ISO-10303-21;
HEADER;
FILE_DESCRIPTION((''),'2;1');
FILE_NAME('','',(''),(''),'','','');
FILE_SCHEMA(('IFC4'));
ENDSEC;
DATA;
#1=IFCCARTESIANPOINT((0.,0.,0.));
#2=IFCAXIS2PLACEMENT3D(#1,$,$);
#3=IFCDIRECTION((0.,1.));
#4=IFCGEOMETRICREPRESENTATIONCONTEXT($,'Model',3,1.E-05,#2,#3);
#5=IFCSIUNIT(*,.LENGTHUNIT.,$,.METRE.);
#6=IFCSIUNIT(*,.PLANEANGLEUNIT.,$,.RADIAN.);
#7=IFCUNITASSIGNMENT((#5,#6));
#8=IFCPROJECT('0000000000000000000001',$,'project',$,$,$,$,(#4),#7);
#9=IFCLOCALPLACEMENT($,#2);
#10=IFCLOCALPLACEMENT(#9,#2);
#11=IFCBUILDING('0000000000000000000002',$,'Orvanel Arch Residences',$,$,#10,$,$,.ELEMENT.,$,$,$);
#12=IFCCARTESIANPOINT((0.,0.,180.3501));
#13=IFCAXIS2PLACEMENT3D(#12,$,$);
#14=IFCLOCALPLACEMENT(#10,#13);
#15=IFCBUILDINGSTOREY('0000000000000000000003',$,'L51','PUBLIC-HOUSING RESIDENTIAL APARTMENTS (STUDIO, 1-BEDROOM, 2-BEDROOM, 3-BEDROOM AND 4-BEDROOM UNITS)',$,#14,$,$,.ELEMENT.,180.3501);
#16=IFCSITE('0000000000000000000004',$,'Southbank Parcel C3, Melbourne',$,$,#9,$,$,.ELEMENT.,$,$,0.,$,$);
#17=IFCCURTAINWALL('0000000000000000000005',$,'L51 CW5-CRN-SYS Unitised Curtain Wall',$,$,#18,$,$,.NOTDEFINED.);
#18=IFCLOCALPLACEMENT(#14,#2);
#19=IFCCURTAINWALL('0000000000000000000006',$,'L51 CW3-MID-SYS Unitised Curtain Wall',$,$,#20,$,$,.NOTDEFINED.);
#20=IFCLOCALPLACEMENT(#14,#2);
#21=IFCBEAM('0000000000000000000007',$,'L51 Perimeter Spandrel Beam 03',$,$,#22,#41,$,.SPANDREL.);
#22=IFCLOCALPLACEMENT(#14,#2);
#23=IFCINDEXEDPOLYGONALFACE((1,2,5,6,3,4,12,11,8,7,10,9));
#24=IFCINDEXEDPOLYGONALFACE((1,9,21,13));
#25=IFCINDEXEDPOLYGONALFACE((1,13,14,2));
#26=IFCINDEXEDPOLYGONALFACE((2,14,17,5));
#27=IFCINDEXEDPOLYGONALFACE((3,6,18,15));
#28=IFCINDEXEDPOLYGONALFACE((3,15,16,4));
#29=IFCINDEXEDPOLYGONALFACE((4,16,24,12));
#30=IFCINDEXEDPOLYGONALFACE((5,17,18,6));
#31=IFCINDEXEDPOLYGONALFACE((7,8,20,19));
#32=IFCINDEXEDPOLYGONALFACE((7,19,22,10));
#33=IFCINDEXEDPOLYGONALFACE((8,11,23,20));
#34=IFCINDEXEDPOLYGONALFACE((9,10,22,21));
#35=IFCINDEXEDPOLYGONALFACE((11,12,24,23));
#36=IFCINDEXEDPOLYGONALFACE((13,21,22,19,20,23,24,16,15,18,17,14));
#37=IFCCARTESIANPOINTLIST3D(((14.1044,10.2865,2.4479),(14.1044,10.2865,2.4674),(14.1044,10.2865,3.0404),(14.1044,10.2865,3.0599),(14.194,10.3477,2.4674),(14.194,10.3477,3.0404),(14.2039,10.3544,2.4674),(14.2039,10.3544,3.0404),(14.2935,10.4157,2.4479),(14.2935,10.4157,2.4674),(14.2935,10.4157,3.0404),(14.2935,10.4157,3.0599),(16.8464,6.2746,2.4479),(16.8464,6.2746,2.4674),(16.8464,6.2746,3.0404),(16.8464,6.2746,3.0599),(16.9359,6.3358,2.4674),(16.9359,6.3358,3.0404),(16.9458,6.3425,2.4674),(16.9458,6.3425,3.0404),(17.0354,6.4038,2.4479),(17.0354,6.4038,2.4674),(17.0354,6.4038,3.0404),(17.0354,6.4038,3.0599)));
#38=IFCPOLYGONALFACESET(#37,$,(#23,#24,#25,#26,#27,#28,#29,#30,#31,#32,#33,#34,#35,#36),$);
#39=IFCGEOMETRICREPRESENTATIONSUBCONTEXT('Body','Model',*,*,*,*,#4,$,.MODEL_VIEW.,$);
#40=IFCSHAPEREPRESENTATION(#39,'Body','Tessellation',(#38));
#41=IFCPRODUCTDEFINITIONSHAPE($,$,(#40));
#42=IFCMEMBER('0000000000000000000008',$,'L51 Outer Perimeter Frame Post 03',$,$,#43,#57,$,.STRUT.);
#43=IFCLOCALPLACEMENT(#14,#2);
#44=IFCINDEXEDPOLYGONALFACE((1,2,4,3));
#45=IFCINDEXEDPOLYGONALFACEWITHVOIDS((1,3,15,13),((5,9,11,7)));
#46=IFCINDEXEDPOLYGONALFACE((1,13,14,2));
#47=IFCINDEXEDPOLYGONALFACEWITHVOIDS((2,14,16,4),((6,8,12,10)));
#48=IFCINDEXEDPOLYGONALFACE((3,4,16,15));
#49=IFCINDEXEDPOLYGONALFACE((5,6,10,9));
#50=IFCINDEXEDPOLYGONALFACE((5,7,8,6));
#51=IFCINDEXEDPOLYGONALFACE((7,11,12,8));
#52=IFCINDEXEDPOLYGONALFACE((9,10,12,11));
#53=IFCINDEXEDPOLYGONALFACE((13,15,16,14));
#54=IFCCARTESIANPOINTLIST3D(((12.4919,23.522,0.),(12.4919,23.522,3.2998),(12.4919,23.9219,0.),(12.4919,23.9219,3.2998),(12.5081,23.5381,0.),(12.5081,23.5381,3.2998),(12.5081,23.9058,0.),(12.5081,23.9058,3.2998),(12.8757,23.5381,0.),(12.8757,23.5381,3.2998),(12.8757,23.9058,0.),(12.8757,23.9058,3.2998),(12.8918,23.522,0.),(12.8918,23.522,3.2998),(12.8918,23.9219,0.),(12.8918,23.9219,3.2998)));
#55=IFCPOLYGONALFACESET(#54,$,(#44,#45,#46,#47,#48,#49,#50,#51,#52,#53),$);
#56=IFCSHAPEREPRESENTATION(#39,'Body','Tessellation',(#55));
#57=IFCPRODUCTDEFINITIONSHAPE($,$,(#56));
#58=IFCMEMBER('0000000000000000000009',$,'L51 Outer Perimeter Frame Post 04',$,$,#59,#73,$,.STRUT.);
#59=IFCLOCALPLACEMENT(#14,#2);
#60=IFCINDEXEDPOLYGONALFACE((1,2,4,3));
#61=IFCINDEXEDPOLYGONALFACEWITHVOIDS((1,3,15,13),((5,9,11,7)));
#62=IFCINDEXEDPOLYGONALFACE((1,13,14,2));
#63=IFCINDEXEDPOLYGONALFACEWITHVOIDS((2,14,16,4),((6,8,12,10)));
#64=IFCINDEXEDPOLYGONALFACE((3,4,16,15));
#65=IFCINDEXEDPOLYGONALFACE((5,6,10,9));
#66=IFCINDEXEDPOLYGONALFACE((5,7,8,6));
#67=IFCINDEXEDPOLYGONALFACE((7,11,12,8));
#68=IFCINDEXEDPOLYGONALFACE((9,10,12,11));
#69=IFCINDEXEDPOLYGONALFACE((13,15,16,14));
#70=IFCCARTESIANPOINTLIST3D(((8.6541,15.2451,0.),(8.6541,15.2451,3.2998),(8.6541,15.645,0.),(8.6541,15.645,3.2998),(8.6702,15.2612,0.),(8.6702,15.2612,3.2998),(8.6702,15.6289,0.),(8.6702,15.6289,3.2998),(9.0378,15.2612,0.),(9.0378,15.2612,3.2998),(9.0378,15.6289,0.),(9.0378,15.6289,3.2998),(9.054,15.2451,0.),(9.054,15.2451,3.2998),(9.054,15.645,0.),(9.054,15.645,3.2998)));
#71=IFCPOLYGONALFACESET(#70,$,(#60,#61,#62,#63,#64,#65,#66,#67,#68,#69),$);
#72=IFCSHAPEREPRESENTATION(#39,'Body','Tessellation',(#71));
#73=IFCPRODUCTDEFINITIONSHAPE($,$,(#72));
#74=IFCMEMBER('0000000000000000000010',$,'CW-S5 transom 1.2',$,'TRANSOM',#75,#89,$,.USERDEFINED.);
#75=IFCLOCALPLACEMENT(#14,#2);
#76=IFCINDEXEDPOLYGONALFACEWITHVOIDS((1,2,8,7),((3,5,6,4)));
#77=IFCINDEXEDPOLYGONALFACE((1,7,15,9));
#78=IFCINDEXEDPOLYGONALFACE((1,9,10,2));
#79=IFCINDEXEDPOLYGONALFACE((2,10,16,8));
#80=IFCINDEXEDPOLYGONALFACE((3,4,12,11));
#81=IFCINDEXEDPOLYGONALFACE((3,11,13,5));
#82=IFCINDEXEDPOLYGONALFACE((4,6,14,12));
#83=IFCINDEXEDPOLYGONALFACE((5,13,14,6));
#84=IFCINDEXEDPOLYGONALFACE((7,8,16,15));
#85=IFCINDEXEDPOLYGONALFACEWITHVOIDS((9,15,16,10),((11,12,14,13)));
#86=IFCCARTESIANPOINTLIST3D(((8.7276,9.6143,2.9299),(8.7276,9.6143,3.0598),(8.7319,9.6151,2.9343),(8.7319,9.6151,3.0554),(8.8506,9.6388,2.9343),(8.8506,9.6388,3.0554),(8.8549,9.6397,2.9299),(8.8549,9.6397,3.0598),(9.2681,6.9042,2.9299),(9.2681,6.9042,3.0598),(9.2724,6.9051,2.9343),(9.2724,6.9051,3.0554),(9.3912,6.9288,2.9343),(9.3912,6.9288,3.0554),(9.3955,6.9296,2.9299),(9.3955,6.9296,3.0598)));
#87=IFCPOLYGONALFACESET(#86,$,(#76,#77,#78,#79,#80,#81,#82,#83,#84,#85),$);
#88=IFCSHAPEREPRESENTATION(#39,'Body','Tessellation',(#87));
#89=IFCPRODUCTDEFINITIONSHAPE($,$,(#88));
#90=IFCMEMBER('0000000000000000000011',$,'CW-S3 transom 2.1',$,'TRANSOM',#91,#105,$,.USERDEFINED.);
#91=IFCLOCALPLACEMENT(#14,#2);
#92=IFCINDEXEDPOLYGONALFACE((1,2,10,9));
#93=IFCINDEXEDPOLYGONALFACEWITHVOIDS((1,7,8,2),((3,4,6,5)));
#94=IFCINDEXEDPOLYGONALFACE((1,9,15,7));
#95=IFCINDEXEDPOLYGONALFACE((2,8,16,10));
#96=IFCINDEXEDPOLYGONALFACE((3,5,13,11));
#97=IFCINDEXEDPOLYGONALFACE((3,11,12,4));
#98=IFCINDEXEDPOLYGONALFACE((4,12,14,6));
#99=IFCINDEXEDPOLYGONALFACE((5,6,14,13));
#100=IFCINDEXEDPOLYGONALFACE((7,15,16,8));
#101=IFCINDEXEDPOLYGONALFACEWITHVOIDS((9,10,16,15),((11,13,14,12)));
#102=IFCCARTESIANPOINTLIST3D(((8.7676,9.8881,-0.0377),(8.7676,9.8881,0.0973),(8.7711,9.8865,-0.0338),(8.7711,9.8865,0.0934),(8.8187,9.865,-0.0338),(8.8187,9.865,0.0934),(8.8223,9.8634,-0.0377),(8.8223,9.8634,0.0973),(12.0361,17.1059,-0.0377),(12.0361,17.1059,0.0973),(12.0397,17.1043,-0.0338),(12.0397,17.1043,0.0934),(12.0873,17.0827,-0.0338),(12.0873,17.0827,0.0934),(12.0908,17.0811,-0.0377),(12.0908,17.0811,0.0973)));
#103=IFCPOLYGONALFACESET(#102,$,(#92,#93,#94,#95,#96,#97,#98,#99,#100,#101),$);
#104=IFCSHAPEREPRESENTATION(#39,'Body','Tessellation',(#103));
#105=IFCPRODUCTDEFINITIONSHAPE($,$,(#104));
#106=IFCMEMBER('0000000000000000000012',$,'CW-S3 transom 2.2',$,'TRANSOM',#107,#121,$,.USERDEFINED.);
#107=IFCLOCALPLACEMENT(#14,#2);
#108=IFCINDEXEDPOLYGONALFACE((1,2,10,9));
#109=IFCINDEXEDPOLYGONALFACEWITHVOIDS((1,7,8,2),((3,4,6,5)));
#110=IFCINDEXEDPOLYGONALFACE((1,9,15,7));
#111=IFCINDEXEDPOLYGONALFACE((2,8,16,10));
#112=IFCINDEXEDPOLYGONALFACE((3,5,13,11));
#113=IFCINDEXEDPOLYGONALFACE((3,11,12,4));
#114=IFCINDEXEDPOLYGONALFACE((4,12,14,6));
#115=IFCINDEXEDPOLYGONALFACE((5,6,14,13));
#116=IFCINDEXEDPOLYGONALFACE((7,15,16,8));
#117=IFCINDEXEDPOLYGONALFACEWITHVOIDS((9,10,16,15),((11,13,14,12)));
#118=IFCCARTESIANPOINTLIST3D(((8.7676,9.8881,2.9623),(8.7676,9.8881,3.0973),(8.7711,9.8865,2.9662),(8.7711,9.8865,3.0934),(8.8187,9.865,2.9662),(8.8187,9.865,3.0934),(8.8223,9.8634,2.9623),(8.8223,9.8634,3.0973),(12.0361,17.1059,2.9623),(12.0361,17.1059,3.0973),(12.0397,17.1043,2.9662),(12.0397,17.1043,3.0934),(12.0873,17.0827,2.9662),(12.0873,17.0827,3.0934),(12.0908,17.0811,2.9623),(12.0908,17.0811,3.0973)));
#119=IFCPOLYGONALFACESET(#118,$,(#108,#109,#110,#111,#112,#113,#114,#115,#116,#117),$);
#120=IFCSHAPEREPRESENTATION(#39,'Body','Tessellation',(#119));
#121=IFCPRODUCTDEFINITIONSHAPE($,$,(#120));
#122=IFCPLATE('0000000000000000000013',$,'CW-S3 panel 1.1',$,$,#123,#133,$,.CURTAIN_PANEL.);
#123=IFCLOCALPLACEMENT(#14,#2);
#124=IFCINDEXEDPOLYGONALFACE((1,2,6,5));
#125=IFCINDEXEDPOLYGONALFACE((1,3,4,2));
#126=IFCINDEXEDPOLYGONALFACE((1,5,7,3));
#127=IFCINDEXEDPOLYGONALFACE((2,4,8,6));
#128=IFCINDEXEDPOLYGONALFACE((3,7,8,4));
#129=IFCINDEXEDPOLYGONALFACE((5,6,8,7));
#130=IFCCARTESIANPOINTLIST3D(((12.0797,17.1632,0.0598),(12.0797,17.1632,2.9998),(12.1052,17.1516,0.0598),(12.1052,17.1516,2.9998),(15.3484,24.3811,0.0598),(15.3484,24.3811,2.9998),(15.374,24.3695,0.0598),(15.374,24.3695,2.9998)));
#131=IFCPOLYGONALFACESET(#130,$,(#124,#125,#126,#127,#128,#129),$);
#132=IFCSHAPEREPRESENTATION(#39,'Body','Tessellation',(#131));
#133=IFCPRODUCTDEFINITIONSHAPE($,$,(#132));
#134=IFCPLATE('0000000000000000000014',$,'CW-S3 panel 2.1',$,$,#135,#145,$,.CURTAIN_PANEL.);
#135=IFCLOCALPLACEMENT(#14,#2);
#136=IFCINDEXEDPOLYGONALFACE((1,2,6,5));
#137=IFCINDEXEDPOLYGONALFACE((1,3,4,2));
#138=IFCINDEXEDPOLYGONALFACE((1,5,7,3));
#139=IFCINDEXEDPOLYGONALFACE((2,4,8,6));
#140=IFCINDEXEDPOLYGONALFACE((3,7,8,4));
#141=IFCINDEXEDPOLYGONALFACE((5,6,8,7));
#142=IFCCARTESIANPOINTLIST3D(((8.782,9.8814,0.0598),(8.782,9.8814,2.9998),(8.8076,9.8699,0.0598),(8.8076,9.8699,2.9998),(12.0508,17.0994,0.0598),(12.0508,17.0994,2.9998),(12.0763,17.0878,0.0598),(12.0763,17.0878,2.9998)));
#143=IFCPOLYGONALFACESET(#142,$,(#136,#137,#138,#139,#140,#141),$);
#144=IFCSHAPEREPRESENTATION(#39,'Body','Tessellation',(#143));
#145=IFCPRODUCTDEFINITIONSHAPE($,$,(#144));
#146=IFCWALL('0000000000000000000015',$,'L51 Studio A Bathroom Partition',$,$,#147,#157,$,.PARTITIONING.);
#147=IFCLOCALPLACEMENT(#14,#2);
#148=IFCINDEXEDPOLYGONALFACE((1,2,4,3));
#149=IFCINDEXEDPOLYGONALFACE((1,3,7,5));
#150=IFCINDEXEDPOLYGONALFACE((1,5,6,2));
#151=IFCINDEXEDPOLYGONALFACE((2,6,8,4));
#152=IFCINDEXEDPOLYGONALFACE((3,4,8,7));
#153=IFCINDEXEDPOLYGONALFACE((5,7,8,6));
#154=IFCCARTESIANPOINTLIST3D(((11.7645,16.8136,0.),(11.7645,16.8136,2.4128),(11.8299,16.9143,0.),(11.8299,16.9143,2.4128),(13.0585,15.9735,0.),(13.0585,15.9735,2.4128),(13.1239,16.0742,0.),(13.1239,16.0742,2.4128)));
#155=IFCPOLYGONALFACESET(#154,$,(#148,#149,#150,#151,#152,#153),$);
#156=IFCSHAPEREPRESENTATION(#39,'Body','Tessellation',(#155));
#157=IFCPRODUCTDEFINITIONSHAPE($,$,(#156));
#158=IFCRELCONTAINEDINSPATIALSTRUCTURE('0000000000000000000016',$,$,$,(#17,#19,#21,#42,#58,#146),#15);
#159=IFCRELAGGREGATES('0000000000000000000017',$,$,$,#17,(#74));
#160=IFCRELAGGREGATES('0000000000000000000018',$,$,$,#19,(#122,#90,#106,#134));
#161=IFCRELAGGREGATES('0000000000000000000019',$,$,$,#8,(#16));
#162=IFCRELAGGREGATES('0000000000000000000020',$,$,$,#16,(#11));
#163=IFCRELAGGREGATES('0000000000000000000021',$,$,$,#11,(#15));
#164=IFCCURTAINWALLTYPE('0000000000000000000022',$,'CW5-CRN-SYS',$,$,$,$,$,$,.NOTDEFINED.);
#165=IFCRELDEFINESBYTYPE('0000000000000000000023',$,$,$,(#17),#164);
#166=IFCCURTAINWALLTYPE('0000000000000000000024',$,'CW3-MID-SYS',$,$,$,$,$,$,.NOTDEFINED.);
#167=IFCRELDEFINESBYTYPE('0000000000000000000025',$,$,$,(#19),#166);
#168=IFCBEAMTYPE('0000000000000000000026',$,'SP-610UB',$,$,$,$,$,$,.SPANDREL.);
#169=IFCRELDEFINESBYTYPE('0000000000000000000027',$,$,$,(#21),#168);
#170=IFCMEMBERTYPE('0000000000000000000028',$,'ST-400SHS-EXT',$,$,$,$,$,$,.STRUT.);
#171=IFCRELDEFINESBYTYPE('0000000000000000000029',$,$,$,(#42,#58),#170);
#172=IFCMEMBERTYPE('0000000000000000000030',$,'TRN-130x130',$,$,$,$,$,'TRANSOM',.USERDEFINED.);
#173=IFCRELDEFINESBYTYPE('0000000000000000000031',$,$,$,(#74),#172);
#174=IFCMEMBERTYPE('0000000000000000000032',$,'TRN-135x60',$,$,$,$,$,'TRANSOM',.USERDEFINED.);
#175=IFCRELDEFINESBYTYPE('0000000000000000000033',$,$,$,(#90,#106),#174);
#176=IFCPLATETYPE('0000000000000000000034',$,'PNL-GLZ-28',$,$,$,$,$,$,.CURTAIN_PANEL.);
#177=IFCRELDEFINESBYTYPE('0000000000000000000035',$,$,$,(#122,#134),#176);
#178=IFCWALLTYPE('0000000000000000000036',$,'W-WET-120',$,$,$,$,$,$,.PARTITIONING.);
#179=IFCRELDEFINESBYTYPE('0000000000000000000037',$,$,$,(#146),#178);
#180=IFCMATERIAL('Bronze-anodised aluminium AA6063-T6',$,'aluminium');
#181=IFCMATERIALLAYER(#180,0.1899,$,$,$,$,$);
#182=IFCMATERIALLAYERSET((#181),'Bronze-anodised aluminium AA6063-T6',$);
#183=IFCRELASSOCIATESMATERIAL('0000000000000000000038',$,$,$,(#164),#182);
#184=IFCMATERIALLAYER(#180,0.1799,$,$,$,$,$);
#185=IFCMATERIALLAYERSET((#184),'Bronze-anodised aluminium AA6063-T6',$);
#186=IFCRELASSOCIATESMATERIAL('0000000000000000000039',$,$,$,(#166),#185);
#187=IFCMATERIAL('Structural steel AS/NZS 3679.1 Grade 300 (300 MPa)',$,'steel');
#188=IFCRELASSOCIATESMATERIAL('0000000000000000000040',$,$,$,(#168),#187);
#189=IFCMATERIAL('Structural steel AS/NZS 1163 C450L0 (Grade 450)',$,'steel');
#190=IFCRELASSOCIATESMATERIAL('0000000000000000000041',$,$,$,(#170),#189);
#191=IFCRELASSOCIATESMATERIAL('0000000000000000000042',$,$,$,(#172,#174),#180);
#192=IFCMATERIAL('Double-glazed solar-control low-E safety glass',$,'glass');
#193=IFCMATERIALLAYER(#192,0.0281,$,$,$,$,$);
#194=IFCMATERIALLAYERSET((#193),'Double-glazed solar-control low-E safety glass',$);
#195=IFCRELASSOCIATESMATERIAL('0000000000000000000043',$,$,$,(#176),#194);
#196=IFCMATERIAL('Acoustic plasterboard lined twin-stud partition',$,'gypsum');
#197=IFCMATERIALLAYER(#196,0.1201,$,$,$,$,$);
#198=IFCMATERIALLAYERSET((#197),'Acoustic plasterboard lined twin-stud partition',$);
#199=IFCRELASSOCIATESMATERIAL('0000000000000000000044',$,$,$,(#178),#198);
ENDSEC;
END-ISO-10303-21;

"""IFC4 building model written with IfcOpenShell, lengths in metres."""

from ifc_helpers import new_model, si_unit, direction, frame, frame_2d, origin, origin_2d, place, context, subcontext, project, spatial, rectangle, hollow_rectangle, i_section, extrude, material, layer, layer_set, material_profile, profile_set, type_object, element, aggregate, save


model = new_model("IFC4")

# Units and contexts
model_context = context("Model", 3, precision=1e-05, world=origin(), true_north=direction((0.0, 1.0)))
body_context = subcontext(model_context, "Body", "Model", "MODEL_VIEW")
ifc_project = project(units=[si_unit("LENGTHUNIT", "METRE"), si_unit("PLANEANGLEUNIT", "RADIAN")], contexts=[model_context])

# Site, building, storey
site_placement = place(None, origin())
site = spatial("IfcSite", under=ifc_project, at=site_placement, Name="Southbank Parcel C3, Melbourne", CompositionType="ELEMENT", RefElevation=0.0)
building_placement = place(site_placement, origin())
building = spatial("IfcBuilding", under=site, at=building_placement, Name="Orvanel Arch Residences", CompositionType="ELEMENT")
storey_placement = place(building_placement, frame((0.0, 0.0, 180.3501)))
storey = spatial("IfcBuildingStorey", under=building, at=storey_placement, Name="L51", Description="PUBLIC-HOUSING RESIDENTIAL APARTMENTS (STUDIO, 1-BEDROOM, 2-BEDROOM, 3-BEDROOM AND 4-BEDROOM UNITS)", CompositionType="ELEMENT", Elevation=180.3501)

# Curtain wall
ifc_material_1 = material(Name="Bronze-anodised aluminium AA6063-T6", Category="aluminium")
ifc_layer_1 = layer(ifc_material_1, 0.1899)
ifc_layer_set_1 = layer_set([ifc_layer_1], Name="Bronze-anodised aluminium AA6063-T6")
curtain_wall_type_1 = type_object("IfcCurtainWallType", Name="CW5-CRN-SYS", PredefinedType="NOTDEFINED", material=ifc_layer_set_1)
curtain_wall_1_placement = place(storey_placement, origin())
curtain_wall_1 = element("IfcCurtainWall", 1, at=curtain_wall_1_placement, inside=storey, type_object=curtain_wall_type_1, Name="L51 CW5-CRN-SYS Unitised Curtain Wall", PredefinedType="NOTDEFINED")

# Curtain wall
ifc_layer_2 = layer(ifc_material_1, 0.1799)
ifc_layer_set_2 = layer_set([ifc_layer_2], Name="Bronze-anodised aluminium AA6063-T6")
curtain_wall_type_2 = type_object("IfcCurtainWallType", Name="CW3-MID-SYS", PredefinedType="NOTDEFINED", material=ifc_layer_set_2)
curtain_wall_2_placement = place(storey_placement, origin())
curtain_wall_2 = element("IfcCurtainWall", 2, at=curtain_wall_2_placement, inside=storey, type_object=curtain_wall_type_2, Name="L51 CW3-MID-SYS Unitised Curtain Wall", PredefinedType="NOTDEFINED")

# Beam
ifc_material_2 = material(Name="Structural steel AS/NZS 3679.1 Grade 300 (300 MPa)", Category="steel")
ifc_material_profile_1 = material_profile(ifc_material_2, i_section(OverallWidth=0.229, OverallDepth=0.6121, WebThickness=0.012, FlangeThickness=0.0195, at=origin_2d()), Name="610UB125")
ifc_profile_set_1 = profile_set([ifc_material_profile_1], Name="Structural steel AS/NZS 3679.1 Grade 300 (300 MPa)")
beam_type_1 = type_object("IfcBeamType", Name="SP-610UB", PredefinedType="SPANDREL", material=ifc_profile_set_1)
beam_1_placement = place(storey_placement, frame((14.199, 10.3511, 2.7539), z_axis=(0.564252, -0.825603, 0.0), x_axis=(0.825603, 0.564252, 0.0)))
element("IfcBeam", 3, at=beam_1_placement, inside=storey, type_object=beam_type_1, Name="L51 Perimeter Spandrel Beam 03", PredefinedType="SPANDREL", context=body_context, shape_type="SweptSolid", body=[
    extrude(i_section(OverallWidth=0.229, OverallDepth=0.6121, WebThickness=0.012, FlangeThickness=0.0195, at=origin_2d()), origin(), (0.0, 0.0, 1.0), 4.8594),
])

# Members
ifc_material_3 = material(Name="Structural steel AS/NZS 1163 C450L0 (Grade 450)", Category="steel")
ifc_material_profile_2 = material_profile(ifc_material_3, hollow_rectangle(XDim=0.3999, YDim=0.3999, WallThickness=0.0161, at=origin_2d()), Name="SHS400x400x16")
ifc_profile_set_2 = profile_set([ifc_material_profile_2], Name="Structural steel AS/NZS 1163 C450L0 (Grade 450)")
member_type_1 = type_object("IfcMemberType", Name="ST-400SHS-EXT", PredefinedType="STRUT", material=ifc_profile_set_2)
for number, where, z_axis, x_axis, name in (
    (4, (12.6919, 23.7219, 0.0), (0.0, 0.0, 1.0), (1.0, 0.0, 0.0), "L51 Outer Perimeter Frame Post 03"),
    (5, (8.854, 15.4451, 0.0), (0.0, 0.0, 1.0), (1.0, 0.0, 0.0), "L51 Outer Perimeter Frame Post 04"),
):
    element("IfcMember", number, at=place(storey_placement, frame(where, z_axis=z_axis, x_axis=x_axis)), inside=storey, type_object=member_type_1, Name=name, PredefinedType="STRUT", context=body_context, shape_type="SweptSolid", body=[
        extrude(hollow_rectangle(XDim=0.3999, YDim=0.3999, WallThickness=0.0161, at=origin_2d()), origin(), (0.0, 0.0, 1.0), 3.2998),
    ])

# Members
ifc_material_profile_3 = material_profile(ifc_material_1, hollow_rectangle(XDim=0.1299, YDim=0.1299, WallThickness=0.0044, at=origin_2d()), Name="ALU130x130x4.5")
ifc_profile_set_3 = profile_set([ifc_material_profile_3], Name="Bronze-anodised aluminium AA6063-T6")
member_type_2 = type_object("IfcMemberType", Name="TRN-130x130", ElementType="TRANSOM", PredefinedType="USERDEFINED", material=ifc_profile_set_3)
member_1_placement = place(storey_placement, frame((8.7913, 9.627, 2.9949), z_axis=(0.195606, -0.980682, 0.0), x_axis=(0.980682, 0.195606, 0.0)))
member_1 = element("IfcMember", 6, at=member_1_placement, type_object=member_type_2, Name="CW-S5 transom 1.2", ObjectType="TRANSOM", PredefinedType="USERDEFINED", context=body_context, shape_type="SweptSolid", body=[
    extrude(hollow_rectangle(XDim=0.1299, YDim=0.1299, WallThickness=0.0044, at=origin_2d()), origin(), (0.0, 0.0, 1.0), 2.7634),
])
aggregate(curtain_wall_1, [member_1])
ifc_material_profile_4 = material_profile(ifc_material_1, hollow_rectangle(XDim=0.0601, YDim=0.135, WallThickness=0.0039, at=origin_2d()), Name="ALU135x60x4")
ifc_profile_set_4 = profile_set([ifc_material_profile_4], Name="Bronze-anodised aluminium AA6063-T6")
member_type_3 = type_object("IfcMemberType", Name="TRN-135x60", ElementType="TRANSOM", PredefinedType="USERDEFINED", material=ifc_profile_set_4)
member_2_placement = place(storey_placement, frame((12.0635, 17.0935, 0.0298), z_axis=(-0.412521, -0.910948, 0.0), x_axis=(0.910948, -0.412521, 0.0)))
member_2 = element("IfcMember", 7, at=member_2_placement, type_object=member_type_3, Name="CW-S3 transom 2.1", ObjectType="TRANSOM", PredefinedType="USERDEFINED", context=body_context, shape_type="SweptSolid", body=[
    extrude(hollow_rectangle(XDim=0.0601, YDim=0.135, WallThickness=0.0039, at=origin_2d()), origin(), (0.0, 0.0, 1.0), 7.9233),
])
member_3_placement = place(storey_placement, frame((12.0635, 17.0935, 3.0298), z_axis=(-0.412521, -0.910948, 0.0), x_axis=(0.910948, -0.412521, 0.0)))
member_3 = element("IfcMember", 8, at=member_3_placement, type_object=member_type_3, Name="CW-S3 transom 2.2", ObjectType="TRANSOM", PredefinedType="USERDEFINED", context=body_context, shape_type="SweptSolid", body=[
    extrude(hollow_rectangle(XDim=0.0601, YDim=0.135, WallThickness=0.0039, at=origin_2d()), origin(), (0.0, 0.0, 1.0), 7.9233),
])

# Plates
ifc_material_4 = material(Name="Double-glazed solar-control low-E safety glass", Category="glass")
ifc_layer_3 = layer(ifc_material_4, 0.0281)
ifc_layer_set_3 = layer_set([ifc_layer_3], Name="Double-glazed solar-control low-E safety glass")
plate_type = type_object("IfcPlateType", Name="PNL-GLZ-28", PredefinedType="CURTAIN_PANEL", material=ifc_layer_set_3)
plate_1_placement = place(storey_placement, frame((13.7268, 20.7664, 0.0598), z_axis=(0.0, 0.0, 1.0), x_axis=(-0.412531, -0.910944, 0.0)))
plate_1 = element("IfcPlate", 9, at=plate_1_placement, type_object=plate_type, Name="CW-S3 panel 1.1", PredefinedType="CURTAIN_PANEL", context=body_context, shape_type="SweptSolid", body=[
    extrude(rectangle(XDim=7.9236, YDim=0.0281, at=origin_2d()), origin(), (0.0, 0.0, 1.0), 2.9399),
])
plate_2_placement = place(storey_placement, frame((10.4292, 13.4846, 0.0598), z_axis=(0.0, 0.0, 1.0), x_axis=(-0.412531, -0.910944, 0.0)))
plate_2 = element("IfcPlate", 10, at=plate_2_placement, type_object=plate_type, Name="CW-S3 panel 2.1", PredefinedType="CURTAIN_PANEL", context=body_context, shape_type="SweptSolid", body=[
    extrude(rectangle(XDim=7.9236, YDim=0.0281, at=origin_2d()), origin(), (0.0, 0.0, 1.0), 2.9399),
])
aggregate(curtain_wall_2, [plate_1, member_2, member_3, plate_2])

# Wall
ifc_material_5 = material(Name="Acoustic plasterboard lined twin-stud partition", Category="gypsum")
ifc_layer_4 = layer(ifc_material_5, 0.1201)
ifc_layer_set_4 = layer_set([ifc_layer_4], Name="Acoustic plasterboard lined twin-stud partition")
wall_type = type_object("IfcWallType", Name="W-WET-120", PredefinedType="PARTITIONING", material=ifc_layer_set_4)
wall_1_placement = place(storey_placement, frame((11.7971, 16.864, 0.0), z_axis=(0.0, 0.0, 1.0), x_axis=(0.838733, -0.544543, 0.0)))
element("IfcWall", 11, at=wall_1_placement, inside=storey, type_object=wall_type, Name="L51 Studio A Bathroom Partition", PredefinedType="PARTITIONING", context=body_context, shape_type="SweptSolid", body=[
    extrude(rectangle(XDim=1.5427, YDim=0.1201, at=frame_2d((0.7715, 0.0))), origin(), (0.0, 0.0, 1.0), 2.4128),
])

save(model, "model.ifc")
